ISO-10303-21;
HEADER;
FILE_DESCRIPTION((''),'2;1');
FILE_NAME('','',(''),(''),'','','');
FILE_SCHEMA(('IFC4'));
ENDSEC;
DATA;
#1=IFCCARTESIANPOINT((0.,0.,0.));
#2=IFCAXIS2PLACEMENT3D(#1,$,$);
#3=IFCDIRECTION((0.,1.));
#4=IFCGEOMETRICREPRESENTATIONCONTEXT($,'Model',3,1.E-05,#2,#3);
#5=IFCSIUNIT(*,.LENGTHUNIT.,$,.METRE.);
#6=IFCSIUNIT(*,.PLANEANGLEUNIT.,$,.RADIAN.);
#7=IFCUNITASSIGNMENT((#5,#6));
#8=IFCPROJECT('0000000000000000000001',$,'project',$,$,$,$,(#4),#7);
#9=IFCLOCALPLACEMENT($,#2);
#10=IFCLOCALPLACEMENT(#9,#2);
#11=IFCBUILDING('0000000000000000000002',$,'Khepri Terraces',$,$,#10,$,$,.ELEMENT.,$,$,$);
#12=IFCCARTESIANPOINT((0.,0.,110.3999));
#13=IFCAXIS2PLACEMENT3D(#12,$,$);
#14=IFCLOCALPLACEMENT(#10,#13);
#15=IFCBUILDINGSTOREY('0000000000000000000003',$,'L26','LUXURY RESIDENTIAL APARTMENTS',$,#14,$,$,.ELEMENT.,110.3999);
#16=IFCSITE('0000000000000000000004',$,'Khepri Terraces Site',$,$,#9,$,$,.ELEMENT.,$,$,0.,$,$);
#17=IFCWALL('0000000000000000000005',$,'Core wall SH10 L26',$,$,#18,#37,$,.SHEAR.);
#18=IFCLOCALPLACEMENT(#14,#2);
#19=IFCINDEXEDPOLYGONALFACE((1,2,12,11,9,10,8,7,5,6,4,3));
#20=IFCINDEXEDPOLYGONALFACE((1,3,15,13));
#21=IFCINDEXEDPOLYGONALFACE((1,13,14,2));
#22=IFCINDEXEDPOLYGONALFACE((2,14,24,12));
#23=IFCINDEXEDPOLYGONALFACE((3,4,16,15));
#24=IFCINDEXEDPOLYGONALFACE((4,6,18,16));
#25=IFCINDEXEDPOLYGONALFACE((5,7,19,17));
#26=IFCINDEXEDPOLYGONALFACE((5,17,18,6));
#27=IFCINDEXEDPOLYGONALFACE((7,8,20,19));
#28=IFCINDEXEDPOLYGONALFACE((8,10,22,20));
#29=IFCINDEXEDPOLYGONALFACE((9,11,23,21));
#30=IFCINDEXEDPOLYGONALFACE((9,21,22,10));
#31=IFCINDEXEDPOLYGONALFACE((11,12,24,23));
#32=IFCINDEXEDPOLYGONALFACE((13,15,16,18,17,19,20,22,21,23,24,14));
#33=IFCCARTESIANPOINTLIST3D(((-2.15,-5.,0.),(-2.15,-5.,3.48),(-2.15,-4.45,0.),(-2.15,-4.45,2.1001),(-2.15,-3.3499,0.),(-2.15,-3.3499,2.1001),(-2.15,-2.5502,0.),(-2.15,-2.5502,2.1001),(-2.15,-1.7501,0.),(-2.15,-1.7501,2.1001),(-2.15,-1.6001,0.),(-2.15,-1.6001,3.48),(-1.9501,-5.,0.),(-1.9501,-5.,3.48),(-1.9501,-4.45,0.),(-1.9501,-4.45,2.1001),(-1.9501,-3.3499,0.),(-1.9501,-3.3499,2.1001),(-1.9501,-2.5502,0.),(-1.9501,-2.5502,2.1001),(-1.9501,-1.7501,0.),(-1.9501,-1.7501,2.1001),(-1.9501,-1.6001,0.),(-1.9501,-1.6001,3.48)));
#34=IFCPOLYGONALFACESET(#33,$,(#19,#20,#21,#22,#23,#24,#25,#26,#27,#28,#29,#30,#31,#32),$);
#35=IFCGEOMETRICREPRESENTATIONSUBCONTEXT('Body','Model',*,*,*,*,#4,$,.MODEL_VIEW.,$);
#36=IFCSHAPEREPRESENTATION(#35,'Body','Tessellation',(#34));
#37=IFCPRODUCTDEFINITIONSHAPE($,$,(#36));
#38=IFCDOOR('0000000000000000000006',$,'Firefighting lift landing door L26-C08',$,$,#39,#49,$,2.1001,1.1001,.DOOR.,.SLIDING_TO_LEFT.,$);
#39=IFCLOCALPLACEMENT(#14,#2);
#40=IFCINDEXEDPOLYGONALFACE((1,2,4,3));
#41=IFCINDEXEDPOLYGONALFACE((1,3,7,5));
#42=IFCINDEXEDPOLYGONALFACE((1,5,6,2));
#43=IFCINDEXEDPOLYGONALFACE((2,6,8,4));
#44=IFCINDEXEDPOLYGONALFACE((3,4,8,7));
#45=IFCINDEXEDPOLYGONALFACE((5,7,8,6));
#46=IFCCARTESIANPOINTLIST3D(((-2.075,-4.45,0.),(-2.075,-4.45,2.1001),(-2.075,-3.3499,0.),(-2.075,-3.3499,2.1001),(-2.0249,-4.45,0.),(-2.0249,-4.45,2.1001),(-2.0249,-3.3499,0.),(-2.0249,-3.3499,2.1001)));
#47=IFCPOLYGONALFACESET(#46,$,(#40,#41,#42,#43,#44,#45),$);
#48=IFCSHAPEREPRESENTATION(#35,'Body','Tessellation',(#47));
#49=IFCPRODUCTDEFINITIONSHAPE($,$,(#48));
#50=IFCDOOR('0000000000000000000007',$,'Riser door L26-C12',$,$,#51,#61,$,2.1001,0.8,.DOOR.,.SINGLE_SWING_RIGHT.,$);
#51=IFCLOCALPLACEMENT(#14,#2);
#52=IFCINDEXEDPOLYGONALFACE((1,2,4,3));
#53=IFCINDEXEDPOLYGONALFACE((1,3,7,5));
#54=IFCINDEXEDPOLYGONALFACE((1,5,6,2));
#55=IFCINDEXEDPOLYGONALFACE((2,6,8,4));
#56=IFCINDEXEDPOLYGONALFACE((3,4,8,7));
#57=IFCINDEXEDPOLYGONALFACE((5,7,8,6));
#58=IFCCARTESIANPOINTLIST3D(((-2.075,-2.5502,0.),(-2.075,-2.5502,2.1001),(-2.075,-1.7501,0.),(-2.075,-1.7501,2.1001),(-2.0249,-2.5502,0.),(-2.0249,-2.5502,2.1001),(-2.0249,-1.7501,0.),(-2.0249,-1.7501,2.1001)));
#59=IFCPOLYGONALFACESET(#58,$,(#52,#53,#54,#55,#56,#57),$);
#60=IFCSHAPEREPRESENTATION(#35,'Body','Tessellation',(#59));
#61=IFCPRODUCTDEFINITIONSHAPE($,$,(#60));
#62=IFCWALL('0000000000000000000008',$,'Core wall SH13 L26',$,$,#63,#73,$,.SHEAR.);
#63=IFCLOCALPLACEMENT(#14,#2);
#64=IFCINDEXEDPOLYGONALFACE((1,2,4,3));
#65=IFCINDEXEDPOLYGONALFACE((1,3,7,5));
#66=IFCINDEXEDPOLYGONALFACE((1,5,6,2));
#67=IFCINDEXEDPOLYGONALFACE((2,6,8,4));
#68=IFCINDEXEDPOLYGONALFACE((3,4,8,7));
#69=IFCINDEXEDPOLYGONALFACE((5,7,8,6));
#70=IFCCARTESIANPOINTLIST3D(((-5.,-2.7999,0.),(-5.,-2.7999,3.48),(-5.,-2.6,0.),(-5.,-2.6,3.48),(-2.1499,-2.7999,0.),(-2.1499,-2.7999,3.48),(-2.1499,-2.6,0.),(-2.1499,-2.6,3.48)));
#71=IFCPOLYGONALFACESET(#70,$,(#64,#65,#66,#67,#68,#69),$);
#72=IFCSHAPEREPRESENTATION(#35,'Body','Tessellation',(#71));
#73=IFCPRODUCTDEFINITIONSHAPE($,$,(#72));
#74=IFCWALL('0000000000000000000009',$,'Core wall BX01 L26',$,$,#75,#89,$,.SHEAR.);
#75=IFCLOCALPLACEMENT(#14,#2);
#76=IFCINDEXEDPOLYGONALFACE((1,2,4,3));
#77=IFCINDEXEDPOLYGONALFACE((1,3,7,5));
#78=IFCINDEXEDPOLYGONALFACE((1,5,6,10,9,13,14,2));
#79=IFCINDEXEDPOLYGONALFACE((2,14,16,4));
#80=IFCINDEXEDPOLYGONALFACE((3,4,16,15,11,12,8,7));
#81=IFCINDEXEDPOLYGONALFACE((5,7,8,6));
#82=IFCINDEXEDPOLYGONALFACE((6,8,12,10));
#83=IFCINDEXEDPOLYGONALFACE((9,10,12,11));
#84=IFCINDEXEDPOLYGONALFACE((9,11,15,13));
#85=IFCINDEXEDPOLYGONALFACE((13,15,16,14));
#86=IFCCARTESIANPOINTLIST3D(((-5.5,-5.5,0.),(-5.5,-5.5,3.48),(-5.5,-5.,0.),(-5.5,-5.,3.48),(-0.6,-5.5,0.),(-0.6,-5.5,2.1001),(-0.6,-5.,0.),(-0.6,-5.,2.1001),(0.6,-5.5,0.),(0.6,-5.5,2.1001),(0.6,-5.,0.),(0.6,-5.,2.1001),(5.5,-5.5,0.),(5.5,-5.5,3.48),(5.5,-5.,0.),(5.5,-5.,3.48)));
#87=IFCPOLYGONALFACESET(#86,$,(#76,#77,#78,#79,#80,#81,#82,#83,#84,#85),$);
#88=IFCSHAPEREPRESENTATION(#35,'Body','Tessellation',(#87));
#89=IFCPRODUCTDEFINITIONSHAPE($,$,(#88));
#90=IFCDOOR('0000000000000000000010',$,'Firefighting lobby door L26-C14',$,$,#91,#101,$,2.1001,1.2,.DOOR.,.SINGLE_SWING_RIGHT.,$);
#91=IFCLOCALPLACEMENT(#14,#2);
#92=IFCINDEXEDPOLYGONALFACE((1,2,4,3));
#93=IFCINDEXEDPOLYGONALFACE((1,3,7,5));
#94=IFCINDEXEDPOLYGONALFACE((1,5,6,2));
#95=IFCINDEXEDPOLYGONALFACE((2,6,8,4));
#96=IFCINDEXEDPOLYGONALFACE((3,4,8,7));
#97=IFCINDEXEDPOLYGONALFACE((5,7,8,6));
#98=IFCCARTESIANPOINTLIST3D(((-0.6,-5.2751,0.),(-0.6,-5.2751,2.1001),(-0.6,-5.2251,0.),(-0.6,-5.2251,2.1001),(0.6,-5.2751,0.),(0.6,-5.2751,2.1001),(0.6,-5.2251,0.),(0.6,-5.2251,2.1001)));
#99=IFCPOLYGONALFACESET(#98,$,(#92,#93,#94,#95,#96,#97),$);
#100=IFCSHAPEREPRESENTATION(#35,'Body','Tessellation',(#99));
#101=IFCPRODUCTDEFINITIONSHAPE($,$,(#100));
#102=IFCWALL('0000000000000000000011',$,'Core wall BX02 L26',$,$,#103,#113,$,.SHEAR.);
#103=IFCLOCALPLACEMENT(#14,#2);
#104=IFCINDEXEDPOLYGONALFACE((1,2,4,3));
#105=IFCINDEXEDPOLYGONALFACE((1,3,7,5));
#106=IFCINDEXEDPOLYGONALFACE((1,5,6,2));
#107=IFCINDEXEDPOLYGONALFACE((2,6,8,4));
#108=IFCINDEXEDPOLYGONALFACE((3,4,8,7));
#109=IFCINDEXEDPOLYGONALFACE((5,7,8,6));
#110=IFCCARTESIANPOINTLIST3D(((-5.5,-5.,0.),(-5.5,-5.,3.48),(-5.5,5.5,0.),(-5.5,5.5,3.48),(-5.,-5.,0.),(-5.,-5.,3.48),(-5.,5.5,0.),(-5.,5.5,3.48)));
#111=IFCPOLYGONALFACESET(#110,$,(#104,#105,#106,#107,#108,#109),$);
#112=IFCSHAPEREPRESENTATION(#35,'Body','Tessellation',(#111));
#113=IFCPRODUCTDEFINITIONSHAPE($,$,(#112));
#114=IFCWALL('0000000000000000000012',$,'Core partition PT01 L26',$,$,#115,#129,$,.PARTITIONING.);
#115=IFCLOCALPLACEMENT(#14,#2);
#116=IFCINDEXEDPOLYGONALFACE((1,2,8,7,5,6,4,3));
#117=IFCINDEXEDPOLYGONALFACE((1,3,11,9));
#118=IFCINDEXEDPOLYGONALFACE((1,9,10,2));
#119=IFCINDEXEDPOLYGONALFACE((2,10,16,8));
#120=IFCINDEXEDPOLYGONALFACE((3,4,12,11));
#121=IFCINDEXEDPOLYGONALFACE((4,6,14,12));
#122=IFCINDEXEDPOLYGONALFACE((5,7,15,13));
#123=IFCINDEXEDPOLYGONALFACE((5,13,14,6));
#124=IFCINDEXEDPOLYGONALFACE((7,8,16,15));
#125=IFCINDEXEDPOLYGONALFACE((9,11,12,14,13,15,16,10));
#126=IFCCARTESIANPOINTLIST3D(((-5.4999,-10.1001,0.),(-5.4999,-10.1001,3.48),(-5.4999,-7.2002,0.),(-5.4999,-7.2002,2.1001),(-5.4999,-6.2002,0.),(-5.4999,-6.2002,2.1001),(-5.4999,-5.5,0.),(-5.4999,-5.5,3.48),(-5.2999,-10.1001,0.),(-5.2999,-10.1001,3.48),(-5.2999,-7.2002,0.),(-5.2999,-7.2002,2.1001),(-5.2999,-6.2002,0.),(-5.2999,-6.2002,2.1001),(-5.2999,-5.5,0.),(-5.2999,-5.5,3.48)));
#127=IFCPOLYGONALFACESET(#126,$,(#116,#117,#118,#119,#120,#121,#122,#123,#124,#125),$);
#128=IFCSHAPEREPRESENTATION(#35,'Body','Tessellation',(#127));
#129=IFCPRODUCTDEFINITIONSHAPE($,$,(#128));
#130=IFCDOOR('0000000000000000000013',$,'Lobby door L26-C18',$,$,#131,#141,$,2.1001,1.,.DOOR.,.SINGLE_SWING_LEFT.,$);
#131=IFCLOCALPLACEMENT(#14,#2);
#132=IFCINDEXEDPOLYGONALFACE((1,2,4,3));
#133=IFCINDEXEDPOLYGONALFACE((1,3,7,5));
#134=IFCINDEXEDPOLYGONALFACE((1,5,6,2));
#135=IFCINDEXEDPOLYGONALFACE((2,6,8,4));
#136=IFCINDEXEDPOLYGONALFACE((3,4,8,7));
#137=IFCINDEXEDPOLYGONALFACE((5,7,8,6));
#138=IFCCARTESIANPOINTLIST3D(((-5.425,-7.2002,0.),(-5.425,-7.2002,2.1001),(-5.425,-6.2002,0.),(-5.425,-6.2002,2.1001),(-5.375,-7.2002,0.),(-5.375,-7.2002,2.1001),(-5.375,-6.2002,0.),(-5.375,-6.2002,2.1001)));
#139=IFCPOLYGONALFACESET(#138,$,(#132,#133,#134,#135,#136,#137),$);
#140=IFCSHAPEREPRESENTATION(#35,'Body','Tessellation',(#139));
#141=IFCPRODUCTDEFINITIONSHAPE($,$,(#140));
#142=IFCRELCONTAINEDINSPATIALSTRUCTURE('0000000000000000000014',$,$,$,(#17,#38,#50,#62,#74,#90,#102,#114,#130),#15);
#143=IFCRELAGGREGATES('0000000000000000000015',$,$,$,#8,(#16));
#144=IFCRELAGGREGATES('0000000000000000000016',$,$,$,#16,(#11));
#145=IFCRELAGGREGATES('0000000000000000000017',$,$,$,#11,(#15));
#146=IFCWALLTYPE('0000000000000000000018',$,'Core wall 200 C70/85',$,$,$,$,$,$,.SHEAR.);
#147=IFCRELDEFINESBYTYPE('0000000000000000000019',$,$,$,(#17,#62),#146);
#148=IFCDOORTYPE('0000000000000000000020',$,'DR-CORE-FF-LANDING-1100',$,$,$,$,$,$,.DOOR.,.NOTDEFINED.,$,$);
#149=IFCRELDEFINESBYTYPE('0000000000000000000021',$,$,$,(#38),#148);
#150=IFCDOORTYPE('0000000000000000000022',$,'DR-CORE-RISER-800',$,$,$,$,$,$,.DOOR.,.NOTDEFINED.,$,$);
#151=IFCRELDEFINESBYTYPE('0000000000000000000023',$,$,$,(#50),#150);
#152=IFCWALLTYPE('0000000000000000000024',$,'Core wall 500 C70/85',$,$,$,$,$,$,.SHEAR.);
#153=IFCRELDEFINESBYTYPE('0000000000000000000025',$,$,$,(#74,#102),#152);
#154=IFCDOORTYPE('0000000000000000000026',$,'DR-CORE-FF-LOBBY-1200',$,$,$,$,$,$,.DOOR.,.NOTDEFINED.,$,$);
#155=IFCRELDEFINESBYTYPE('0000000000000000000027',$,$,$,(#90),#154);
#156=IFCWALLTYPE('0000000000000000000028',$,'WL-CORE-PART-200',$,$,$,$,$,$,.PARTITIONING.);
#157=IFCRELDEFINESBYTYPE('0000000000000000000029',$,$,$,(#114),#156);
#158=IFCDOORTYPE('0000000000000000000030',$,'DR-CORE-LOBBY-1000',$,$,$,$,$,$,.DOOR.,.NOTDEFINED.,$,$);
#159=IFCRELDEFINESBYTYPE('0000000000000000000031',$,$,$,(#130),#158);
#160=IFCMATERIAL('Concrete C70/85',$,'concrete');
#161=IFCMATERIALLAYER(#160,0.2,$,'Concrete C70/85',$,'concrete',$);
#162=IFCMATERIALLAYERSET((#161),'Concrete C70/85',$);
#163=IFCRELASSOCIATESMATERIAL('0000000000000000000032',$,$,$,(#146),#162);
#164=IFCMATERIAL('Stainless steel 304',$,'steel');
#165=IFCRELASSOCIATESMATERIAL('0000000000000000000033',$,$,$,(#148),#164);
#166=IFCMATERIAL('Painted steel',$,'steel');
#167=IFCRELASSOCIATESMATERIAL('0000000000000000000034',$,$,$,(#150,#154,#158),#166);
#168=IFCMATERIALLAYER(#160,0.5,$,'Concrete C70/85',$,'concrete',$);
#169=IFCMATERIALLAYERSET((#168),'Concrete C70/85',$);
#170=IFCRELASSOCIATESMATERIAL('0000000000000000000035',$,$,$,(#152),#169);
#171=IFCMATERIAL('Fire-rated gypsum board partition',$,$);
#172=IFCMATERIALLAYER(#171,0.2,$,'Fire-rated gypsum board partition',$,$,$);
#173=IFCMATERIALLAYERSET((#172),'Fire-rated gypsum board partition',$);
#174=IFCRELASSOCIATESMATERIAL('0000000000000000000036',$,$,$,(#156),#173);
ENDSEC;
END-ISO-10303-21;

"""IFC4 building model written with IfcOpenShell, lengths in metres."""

from ifc_helpers import new_model, si_unit, direction, frame, frame_2d, origin, place, context, subcontext, project, spatial, rectangle, extrude, material, layer, layer_set, type_object, element, fill, save


model = new_model("IFC4")

# Units and contexts
model_context = context("Model", 3, precision=1e-05, world=origin(), true_north=direction((0.0, 1.0)))
body_context = subcontext(model_context, "Body", "Model", "MODEL_VIEW")
ifc_project = project(units=[si_unit("LENGTHUNIT", "METRE"), si_unit("PLANEANGLEUNIT", "RADIAN")], contexts=[model_context])

# Site, building, storey
site_placement = place(None, origin())
site = spatial("IfcSite", under=ifc_project, at=site_placement, Name="Khepri Terraces Site", CompositionType="ELEMENT", RefElevation=0.0)
building_placement = place(site_placement, origin())
building = spatial("IfcBuilding", under=site, at=building_placement, Name="Khepri Terraces", CompositionType="ELEMENT")
storey_placement = place(building_placement, frame((0.0, 0.0, 110.3999)))
storey = spatial("IfcBuildingStorey", under=building, at=storey_placement, Name="L26", Description="LUXURY RESIDENTIAL APARTMENTS", CompositionType="ELEMENT", Elevation=110.3999)

# Shared definitions
ifc_material_1 = material(Name="Concrete C70/85", Category="concrete")
ifc_layer_1 = layer(ifc_material_1, 0.2, Name="Concrete C70/85", Category="concrete")
ifc_layer_set_1 = layer_set([ifc_layer_1], Name="Concrete C70/85")
wall_type_1 = type_object("IfcWallType", Name="Core wall 200 C70/85", PredefinedType="SHEAR", material=ifc_layer_set_1)

# Shared definitions
ifc_material_2 = material(Name="Painted steel", Category="steel")

# Wall, openings, doors
ifc_material_3 = material(Name="Stainless steel 304", Category="steel")
wall_1_placement = place(storey_placement, frame((-2.05, -5.0, 0.0), z_axis=(0.0, 0.0, 1.0), x_axis=(0.0, 1.0, 0.0)))
wall_1 = element("IfcWall", 1, at=wall_1_placement, inside=storey, type_object=wall_type_1, Name="Core wall SH10 L26", PredefinedType="SHEAR", context=body_context, shape_type="SweptSolid", body=[
    extrude(rectangle(XDim=3.3999, YDim=0.2, at=frame_2d((1.7, 0.0))), origin(), (0.0, 0.0, 1.0), 3.48),
])
opening_1_placement = place(wall_1_placement, frame((0.55, 0.0, 0.0)))
opening_1 = element("IfcOpeningElement", 2, at=opening_1_placement, cuts=wall_1, PredefinedType="OPENING", context=body_context, shape_type="SweptSolid", body=[
    extrude(rectangle(XDim=1.1001, YDim=2.1001, at=frame_2d((0.55, 1.05))), frame((0.0, 0.1099, 0.0), z_axis=(0.0, -1.0, 0.0), x_axis=(1.0, 0.0, 0.0)), (0.0, 0.0, 1.0), 0.22),
])
opening_2_placement = place(wall_1_placement, frame((2.45, 0.0, 0.0)))
opening_2 = element("IfcOpeningElement", 3, at=opening_2_placement, cuts=wall_1, PredefinedType="OPENING", context=body_context, shape_type="SweptSolid", body=[
    extrude(rectangle(XDim=0.8, YDim=2.1001, at=frame_2d((0.3999, 1.05))), frame((0.0, 0.1099, 0.0), z_axis=(0.0, -1.0, 0.0), x_axis=(1.0, 0.0, 0.0)), (0.0, 0.0, 1.0), 0.22),
])
door_type_1 = type_object("IfcDoorType", Name="DR-CORE-FF-LANDING-1100", OperationType="NOTDEFINED", PredefinedType="DOOR", material=ifc_material_3)
door_1_placement = place(opening_1_placement, origin())
door_1 = element("IfcDoor", 4, at=door_1_placement, inside=storey, type_object=door_type_1, Name="Firefighting lift landing door L26-C08", OperationType="SLIDING_TO_LEFT", OverallHeight=2.1001, OverallWidth=1.1001, PredefinedType="DOOR", context=body_context, shape_type="SweptSolid", body=[
    extrude(rectangle(XDim=1.1001, YDim=2.1001, at=frame_2d((0.55, 1.05))), frame((0.0, 0.0249, 0.0), z_axis=(0.0, -1.0, 0.0), x_axis=(1.0, 0.0, 0.0)), (0.0, 0.0, 1.0), 0.05),
])
fill(opening_1, door_1)
door_type_2 = type_object("IfcDoorType", Name="DR-CORE-RISER-800", OperationType="NOTDEFINED", PredefinedType="DOOR", material=ifc_material_2)
door_2_placement = place(opening_2_placement, origin())
door_2 = element("IfcDoor", 5, at=door_2_placement, inside=storey, type_object=door_type_2, Name="Riser door L26-C12", OperationType="SINGLE_SWING_RIGHT", OverallHeight=2.1001, OverallWidth=0.8, PredefinedType="DOOR", context=body_context, shape_type="SweptSolid", body=[
    extrude(rectangle(XDim=0.8, YDim=2.1001, at=frame_2d((0.3999, 1.05))), frame((0.0, 0.0249, 0.0), z_axis=(0.0, -1.0, 0.0), x_axis=(1.0, 0.0, 0.0)), (0.0, 0.0, 1.0), 0.05),
])
fill(opening_2, door_2)

# Wall
wall_2_placement = place(storey_placement, frame((-5.0, -2.7, 0.0), z_axis=(0.0, 0.0, 1.0), x_axis=(1.0, 0.0, 0.0)))
element("IfcWall", 6, at=wall_2_placement, inside=storey, type_object=wall_type_1, Name="Core wall SH13 L26", PredefinedType="SHEAR", context=body_context, shape_type="SweptSolid", body=[
    extrude(rectangle(XDim=2.8501, YDim=0.2, at=frame_2d((1.425, 0.0))), origin(), (0.0, 0.0, 1.0), 3.48),
])

# Wall, opening, door
ifc_layer_2 = layer(ifc_material_1, 0.5, Name="Concrete C70/85", Category="concrete")
ifc_layer_set_2 = layer_set([ifc_layer_2], Name="Concrete C70/85")
wall_type_2 = type_object("IfcWallType", Name="Core wall 500 C70/85", PredefinedType="SHEAR", material=ifc_layer_set_2)
wall_3_placement = place(storey_placement, frame((-5.5, -5.25, 0.0), z_axis=(0.0, 0.0, 1.0), x_axis=(1.0, 0.0, 0.0)))
wall_3 = element("IfcWall", 7, at=wall_3_placement, inside=storey, type_object=wall_type_2, Name="Core wall BX01 L26", PredefinedType="SHEAR", context=body_context, shape_type="SweptSolid", body=[
    extrude(rectangle(XDim=11.0, YDim=0.5, at=frame_2d((5.5, 0.0))), origin(), (0.0, 0.0, 1.0), 3.48),
])
opening_3_placement = place(wall_3_placement, frame((4.8999, 0.0, 0.0)))
opening_3 = element("IfcOpeningElement", 8, at=opening_3_placement, cuts=wall_3, PredefinedType="OPENING", context=body_context, shape_type="SweptSolid", body=[
    extrude(rectangle(XDim=1.2, YDim=2.1001, at=frame_2d((0.6001, 1.05))), frame((0.0, 0.26, 0.0), z_axis=(0.0, -1.0, 0.0), x_axis=(1.0, 0.0, 0.0)), (0.0, 0.0, 1.0), 0.52),
])
door_type_3 = type_object("IfcDoorType", Name="DR-CORE-FF-LOBBY-1200", OperationType="NOTDEFINED", PredefinedType="DOOR", material=ifc_material_2)
door_3_placement = place(opening_3_placement, origin())
door_3 = element("IfcDoor", 9, at=door_3_placement, inside=storey, type_object=door_type_3, Name="Firefighting lobby door L26-C14", OperationType="SINGLE_SWING_RIGHT", OverallHeight=2.1001, OverallWidth=1.2, PredefinedType="DOOR", context=body_context, shape_type="SweptSolid", body=[
    extrude(rectangle(XDim=1.2, YDim=2.1001, at=frame_2d((0.6001, 1.05))), frame((0.0, 0.0249, 0.0), z_axis=(0.0, -1.0, 0.0), x_axis=(1.0, 0.0, 0.0)), (0.0, 0.0, 1.0), 0.05),
])
fill(opening_3, door_3)

# Wall
wall_4_placement = place(storey_placement, frame((-5.25, -5.0, 0.0), z_axis=(0.0, 0.0, 1.0), x_axis=(0.0, 1.0, 0.0)))
element("IfcWall", 10, at=wall_4_placement, inside=storey, type_object=wall_type_2, Name="Core wall BX02 L26", PredefinedType="SHEAR", context=body_context, shape_type="SweptSolid", body=[
    extrude(rectangle(XDim=10.5, YDim=0.5, at=frame_2d((5.25, 0.0))), origin(), (0.0, 0.0, 1.0), 3.48),
])

# Wall, opening, door
ifc_material_4 = material(Name="Fire-rated gypsum board partition")
ifc_layer_3 = layer(ifc_material_4, 0.2, Name="Fire-rated gypsum board partition")
ifc_layer_set_3 = layer_set([ifc_layer_3], Name="Fire-rated gypsum board partition")
wall_type_3 = type_object("IfcWallType", Name="WL-CORE-PART-200", PredefinedType="PARTITIONING", material=ifc_layer_set_3)
wall_5_placement = place(storey_placement, frame((-5.3999, -10.1001, 0.0), z_axis=(0.0, 0.0, 1.0), x_axis=(0.0, 1.0, 0.0)))
wall_5 = element("IfcWall", 11, at=wall_5_placement, inside=storey, type_object=wall_type_3, Name="Core partition PT01 L26", PredefinedType="PARTITIONING", context=body_context, shape_type="SweptSolid", body=[
    extrude(rectangle(XDim=4.6001, YDim=0.2, at=frame_2d((2.3, 0.0))), origin(), (0.0, 0.0, 1.0), 3.48),
])
opening_4_placement = place(wall_5_placement, frame((2.8999, 0.0, 0.0)))
opening_4 = element("IfcOpeningElement", 12, at=opening_4_placement, cuts=wall_5, PredefinedType="OPENING", context=body_context, shape_type="SweptSolid", body=[
    extrude(rectangle(XDim=1.0, YDim=2.1001, at=frame_2d((0.5, 1.05))), frame((0.0, 0.1099, 0.0), z_axis=(0.0, -1.0, 0.0), x_axis=(1.0, 0.0, 0.0)), (0.0, 0.0, 1.0), 0.22),
])
door_type_4 = type_object("IfcDoorType", Name="DR-CORE-LOBBY-1000", OperationType="NOTDEFINED", PredefinedType="DOOR", material=ifc_material_2)
door_4_placement = place(opening_4_placement, frame((1.0, 0.0, 0.0), z_axis=(0.0, 0.0, 1.0), x_axis=(-1.0, 0.0, 0.0)))
door_4 = element("IfcDoor", 13, at=door_4_placement, inside=storey, type_object=door_type_4, Name="Lobby door L26-C18", OperationType="SINGLE_SWING_LEFT", OverallHeight=2.1001, OverallWidth=1.0, PredefinedType="DOOR", context=body_context, shape_type="SweptSolid", body=[
    extrude(rectangle(XDim=1.0, YDim=2.1001, at=frame_2d((0.5, 1.05))), frame((0.0, 0.0249, 0.0), z_axis=(0.0, -1.0, 0.0), x_axis=(1.0, 0.0, 0.0)), (0.0, 0.0, 1.0), 0.05),
])
fill(opening_4, door_4)

save(model, "model.ifc")
